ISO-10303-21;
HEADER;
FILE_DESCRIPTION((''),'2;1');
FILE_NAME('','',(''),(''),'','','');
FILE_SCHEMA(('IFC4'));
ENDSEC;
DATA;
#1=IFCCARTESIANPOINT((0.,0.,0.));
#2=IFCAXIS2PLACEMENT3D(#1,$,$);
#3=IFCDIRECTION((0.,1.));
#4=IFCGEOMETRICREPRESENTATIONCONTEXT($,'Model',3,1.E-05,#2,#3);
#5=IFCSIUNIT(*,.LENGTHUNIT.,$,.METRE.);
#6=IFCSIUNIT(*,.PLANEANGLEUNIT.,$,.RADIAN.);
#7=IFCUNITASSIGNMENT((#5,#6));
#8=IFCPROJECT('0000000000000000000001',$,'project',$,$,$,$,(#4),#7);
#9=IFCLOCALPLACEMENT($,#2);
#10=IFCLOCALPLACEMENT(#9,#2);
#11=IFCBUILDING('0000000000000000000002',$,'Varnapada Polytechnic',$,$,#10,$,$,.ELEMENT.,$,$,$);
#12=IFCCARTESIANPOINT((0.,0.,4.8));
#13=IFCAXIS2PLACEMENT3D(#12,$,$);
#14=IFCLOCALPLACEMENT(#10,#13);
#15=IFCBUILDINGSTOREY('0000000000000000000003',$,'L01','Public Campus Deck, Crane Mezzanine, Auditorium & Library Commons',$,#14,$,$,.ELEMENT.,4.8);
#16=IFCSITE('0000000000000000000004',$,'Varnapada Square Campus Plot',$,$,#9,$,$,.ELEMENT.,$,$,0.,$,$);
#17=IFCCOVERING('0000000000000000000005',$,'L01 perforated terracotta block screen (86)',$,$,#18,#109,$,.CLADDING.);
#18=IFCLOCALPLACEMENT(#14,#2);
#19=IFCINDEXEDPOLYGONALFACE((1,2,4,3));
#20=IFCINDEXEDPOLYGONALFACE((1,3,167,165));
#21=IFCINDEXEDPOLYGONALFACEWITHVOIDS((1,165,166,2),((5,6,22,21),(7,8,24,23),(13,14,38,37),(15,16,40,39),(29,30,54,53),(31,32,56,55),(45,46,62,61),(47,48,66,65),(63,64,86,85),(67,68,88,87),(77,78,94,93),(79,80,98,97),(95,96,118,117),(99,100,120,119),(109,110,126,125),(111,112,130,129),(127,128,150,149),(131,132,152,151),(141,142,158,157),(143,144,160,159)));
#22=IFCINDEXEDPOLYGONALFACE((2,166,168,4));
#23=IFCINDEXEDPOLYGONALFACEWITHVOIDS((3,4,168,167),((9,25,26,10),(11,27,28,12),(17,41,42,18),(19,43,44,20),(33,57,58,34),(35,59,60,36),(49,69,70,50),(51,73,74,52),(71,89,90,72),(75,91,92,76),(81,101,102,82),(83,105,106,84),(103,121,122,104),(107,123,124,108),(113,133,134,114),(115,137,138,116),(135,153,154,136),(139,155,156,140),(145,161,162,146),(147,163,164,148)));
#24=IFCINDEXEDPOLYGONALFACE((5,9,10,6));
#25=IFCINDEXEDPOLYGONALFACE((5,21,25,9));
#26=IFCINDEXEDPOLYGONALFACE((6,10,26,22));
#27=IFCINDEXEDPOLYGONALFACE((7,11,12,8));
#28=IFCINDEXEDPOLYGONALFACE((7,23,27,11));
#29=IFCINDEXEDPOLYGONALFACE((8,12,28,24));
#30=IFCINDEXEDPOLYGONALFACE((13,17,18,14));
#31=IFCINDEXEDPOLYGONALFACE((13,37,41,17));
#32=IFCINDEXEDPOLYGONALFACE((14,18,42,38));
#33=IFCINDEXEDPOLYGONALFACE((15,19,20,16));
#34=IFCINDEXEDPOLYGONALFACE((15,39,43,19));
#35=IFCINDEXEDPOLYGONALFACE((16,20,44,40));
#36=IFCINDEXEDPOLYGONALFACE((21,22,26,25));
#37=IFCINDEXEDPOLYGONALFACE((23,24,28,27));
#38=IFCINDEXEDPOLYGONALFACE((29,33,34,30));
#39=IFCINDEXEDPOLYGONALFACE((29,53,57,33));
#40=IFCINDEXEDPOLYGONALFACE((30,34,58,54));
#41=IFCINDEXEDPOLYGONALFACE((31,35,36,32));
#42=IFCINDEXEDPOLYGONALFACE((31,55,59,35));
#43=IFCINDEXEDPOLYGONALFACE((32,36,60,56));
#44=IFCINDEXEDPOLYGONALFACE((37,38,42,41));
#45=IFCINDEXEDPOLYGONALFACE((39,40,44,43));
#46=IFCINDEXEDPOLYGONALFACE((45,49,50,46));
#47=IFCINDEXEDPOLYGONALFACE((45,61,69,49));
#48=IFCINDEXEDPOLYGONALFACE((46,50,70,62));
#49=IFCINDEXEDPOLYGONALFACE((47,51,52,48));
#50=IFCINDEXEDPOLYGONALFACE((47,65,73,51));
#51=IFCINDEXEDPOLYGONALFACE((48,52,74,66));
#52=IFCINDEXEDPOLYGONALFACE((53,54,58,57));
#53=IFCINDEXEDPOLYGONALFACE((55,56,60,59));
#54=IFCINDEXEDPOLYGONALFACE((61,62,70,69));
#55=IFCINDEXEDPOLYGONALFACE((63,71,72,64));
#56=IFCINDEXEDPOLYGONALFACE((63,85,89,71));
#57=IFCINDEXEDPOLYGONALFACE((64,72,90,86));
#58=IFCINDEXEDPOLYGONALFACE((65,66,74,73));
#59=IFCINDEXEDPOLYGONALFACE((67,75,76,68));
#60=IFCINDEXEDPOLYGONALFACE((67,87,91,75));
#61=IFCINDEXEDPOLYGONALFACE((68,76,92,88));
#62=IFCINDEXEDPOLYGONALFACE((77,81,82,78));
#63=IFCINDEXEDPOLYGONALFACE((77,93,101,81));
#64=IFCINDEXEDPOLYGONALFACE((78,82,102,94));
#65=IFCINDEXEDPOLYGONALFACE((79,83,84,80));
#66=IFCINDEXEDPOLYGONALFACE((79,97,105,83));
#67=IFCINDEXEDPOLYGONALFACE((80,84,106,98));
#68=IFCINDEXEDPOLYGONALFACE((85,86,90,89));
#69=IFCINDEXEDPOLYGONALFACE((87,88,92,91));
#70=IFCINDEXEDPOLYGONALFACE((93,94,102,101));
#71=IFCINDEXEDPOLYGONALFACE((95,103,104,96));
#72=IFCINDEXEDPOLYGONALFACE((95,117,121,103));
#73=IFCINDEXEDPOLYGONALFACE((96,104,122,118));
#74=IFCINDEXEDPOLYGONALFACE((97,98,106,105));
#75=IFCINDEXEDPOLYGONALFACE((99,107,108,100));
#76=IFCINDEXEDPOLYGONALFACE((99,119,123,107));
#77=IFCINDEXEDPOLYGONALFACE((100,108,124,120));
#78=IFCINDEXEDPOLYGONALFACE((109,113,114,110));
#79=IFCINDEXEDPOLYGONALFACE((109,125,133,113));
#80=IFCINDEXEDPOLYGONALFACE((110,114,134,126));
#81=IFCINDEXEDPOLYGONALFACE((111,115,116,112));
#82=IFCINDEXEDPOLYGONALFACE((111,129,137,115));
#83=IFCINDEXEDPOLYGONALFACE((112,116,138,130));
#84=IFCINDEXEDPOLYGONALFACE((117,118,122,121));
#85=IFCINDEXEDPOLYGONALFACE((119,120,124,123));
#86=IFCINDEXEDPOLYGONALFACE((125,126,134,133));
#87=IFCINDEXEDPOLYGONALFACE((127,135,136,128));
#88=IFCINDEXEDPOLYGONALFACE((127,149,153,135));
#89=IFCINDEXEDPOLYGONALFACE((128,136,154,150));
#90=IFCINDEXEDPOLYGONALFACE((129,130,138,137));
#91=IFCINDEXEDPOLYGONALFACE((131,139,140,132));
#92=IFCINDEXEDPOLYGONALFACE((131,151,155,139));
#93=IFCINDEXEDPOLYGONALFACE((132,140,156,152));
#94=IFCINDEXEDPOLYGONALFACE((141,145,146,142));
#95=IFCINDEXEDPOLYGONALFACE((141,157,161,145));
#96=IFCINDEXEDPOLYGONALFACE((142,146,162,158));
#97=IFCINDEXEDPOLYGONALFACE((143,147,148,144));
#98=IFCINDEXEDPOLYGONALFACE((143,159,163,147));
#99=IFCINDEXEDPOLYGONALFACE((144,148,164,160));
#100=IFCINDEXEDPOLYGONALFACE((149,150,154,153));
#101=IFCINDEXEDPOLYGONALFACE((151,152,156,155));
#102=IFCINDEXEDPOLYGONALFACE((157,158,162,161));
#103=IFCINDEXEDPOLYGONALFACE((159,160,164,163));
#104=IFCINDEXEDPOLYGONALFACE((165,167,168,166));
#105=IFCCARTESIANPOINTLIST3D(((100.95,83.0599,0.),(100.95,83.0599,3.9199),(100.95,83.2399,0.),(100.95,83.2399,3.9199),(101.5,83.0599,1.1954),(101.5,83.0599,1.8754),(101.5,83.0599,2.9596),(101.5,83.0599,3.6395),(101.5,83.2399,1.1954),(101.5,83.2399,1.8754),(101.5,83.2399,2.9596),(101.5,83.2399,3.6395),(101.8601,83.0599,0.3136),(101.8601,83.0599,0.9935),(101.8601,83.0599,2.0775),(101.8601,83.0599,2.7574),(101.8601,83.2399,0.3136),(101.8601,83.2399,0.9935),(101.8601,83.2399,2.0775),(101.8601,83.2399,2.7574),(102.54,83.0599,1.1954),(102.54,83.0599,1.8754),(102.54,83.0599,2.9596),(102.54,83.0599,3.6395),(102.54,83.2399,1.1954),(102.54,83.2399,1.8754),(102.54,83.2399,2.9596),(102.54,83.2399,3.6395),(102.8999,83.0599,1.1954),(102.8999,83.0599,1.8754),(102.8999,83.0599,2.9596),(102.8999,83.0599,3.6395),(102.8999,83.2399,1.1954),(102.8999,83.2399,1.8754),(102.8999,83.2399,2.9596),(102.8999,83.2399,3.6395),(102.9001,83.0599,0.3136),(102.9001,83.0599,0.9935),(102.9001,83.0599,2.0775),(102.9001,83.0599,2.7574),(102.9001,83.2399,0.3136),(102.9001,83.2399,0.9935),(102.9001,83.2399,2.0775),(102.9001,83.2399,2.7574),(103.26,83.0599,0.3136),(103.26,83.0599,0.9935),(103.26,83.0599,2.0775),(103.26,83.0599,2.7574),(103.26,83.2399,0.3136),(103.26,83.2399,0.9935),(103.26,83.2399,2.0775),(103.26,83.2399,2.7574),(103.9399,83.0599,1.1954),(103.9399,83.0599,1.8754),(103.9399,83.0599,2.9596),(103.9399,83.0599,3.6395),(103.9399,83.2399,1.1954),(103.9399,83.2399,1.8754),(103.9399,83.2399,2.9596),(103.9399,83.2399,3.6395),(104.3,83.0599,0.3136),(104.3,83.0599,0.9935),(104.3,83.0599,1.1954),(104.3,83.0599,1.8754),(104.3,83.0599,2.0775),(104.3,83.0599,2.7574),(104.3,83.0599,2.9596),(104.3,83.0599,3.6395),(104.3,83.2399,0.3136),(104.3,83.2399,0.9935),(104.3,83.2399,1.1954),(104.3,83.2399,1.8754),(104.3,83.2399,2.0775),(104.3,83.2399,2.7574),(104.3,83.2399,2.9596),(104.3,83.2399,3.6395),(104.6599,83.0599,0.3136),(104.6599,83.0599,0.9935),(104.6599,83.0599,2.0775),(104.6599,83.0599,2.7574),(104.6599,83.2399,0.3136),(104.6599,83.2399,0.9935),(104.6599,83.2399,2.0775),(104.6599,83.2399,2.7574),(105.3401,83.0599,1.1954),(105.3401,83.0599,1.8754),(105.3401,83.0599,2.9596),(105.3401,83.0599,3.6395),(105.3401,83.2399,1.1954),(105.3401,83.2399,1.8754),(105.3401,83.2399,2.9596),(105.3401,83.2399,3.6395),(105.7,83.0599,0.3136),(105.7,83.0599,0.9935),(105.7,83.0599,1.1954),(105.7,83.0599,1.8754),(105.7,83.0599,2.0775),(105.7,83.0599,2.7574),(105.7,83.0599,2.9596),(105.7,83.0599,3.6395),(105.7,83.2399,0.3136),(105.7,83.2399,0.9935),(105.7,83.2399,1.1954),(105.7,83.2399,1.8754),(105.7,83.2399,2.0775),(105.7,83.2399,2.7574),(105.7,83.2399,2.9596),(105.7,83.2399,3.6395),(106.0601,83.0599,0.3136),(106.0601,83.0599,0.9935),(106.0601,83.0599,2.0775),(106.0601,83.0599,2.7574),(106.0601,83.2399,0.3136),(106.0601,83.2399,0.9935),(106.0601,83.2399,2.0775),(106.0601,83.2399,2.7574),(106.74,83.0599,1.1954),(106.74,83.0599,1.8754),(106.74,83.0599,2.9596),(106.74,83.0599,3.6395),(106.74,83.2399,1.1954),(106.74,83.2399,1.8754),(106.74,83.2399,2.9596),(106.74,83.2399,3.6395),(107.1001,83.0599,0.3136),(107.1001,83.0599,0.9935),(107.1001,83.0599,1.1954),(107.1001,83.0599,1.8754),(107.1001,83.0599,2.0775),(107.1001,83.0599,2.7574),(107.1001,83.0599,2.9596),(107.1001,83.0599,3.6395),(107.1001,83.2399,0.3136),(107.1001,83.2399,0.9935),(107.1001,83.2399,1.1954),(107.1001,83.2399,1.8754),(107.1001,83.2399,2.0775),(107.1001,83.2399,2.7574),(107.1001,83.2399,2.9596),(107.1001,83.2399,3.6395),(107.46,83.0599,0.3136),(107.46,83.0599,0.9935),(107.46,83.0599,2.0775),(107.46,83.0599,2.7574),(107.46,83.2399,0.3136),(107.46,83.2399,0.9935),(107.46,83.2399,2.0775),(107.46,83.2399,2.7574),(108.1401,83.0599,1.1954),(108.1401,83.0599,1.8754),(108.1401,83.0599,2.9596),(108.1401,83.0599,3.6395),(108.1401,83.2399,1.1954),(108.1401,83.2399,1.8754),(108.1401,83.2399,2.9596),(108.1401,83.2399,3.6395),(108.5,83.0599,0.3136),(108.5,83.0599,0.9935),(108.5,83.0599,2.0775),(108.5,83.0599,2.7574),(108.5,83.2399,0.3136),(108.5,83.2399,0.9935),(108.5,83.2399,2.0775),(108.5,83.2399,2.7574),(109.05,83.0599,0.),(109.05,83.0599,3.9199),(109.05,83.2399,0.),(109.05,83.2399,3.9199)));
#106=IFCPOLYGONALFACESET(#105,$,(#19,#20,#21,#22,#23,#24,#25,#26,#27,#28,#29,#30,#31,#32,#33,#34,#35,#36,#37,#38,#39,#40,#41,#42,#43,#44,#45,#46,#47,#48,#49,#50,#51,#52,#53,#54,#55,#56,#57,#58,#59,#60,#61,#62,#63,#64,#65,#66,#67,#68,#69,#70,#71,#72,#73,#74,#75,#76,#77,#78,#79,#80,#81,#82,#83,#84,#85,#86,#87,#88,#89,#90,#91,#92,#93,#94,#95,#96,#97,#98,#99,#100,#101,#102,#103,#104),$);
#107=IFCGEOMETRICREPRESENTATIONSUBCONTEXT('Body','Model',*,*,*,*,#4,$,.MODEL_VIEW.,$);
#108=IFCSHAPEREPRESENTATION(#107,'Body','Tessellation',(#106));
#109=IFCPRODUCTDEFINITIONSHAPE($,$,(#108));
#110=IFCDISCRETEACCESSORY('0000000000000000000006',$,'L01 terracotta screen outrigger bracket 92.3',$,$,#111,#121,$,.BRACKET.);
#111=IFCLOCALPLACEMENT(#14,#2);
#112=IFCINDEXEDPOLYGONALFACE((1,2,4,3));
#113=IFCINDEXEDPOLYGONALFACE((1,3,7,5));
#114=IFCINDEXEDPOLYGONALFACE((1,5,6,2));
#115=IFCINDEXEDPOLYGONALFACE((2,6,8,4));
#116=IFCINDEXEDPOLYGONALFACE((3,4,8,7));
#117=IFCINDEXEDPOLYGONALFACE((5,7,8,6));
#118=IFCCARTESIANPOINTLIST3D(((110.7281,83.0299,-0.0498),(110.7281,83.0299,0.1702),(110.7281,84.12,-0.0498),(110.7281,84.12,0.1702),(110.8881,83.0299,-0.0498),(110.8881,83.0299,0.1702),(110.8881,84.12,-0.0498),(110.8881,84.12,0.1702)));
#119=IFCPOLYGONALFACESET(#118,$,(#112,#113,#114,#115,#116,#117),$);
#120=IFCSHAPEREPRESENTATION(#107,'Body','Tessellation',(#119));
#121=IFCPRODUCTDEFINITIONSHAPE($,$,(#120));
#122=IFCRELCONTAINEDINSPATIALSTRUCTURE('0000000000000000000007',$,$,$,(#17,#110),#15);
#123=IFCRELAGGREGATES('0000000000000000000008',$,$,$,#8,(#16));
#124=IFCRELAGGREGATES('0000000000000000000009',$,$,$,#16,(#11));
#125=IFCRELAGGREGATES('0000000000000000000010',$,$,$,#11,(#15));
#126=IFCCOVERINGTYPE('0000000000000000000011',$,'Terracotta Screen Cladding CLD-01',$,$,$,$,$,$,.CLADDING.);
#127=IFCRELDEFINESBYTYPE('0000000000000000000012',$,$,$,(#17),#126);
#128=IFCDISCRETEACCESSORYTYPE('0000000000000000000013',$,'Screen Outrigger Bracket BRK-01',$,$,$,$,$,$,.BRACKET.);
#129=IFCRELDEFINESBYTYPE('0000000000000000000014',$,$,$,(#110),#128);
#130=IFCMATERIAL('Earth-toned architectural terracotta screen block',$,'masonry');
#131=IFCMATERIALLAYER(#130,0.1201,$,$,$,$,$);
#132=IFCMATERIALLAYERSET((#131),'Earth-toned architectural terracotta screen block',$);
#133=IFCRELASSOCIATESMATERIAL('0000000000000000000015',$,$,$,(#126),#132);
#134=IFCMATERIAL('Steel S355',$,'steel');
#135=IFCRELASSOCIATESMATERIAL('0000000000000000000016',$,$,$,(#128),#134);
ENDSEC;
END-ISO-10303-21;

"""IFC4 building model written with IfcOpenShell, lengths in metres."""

from ifc_helpers import new_model, si_unit, direction, frame, frame_2d, origin, origin_2d, place, context, subcontext, project, spatial, rectangle, extrude, material, layer, layer_set, type_object, element, save


model = new_model("IFC4")

# Units and contexts
model_context = context("Model", 3, precision=1e-05, world=origin(), true_north=direction((0.0, 1.0)))
body_context = subcontext(model_context, "Body", "Model", "MODEL_VIEW")
ifc_project = project(units=[si_unit("LENGTHUNIT", "METRE"), si_unit("PLANEANGLEUNIT", "RADIAN")], contexts=[model_context])

# Site, building, storey
site_placement = place(None, origin())
site = spatial("IfcSite", under=ifc_project, at=site_placement, Name="Varnapada Square Campus Plot", CompositionType="ELEMENT", RefElevation=0.0)
building_placement = place(site_placement, origin())
building = spatial("IfcBuilding", under=site, at=building_placement, Name="Varnapada Polytechnic", CompositionType="ELEMENT")
storey_placement = place(building_placement, frame((0.0, 0.0, 4.8)))
storey = spatial("IfcBuildingStorey", under=building, at=storey_placement, Name="L01", Description="Public Campus Deck, Crane Mezzanine, Auditorium & Library Commons", CompositionType="ELEMENT", Elevation=4.8)

# Shared definitions
ifc_material_1 = material(Name="Steel S355", Category="steel")

# Covering, openings
ifc_material_2 = material(Name="Earth-toned architectural terracotta screen block", Category="masonry")
ifc_layer_1 = layer(ifc_material_2, 0.1201)
ifc_layer_set_1 = layer_set([ifc_layer_1], Name="Earth-toned architectural terracotta screen block")
covering_type = type_object("IfcCoveringType", Name="Terracotta Screen Cladding CLD-01", PredefinedType="CLADDING", material=ifc_layer_set_1)
covering_placement = place(storey_placement, frame((109.05, 83.1499, 0.0), z_axis=(0.0, 0.0, 1.0), x_axis=(-1.0, 0.0, 0.0)))
covering = element("IfcCovering", 1, at=covering_placement, inside=storey, type_object=covering_type, Name="L01 perforated terracotta block screen (86)", PredefinedType="CLADDING", context=body_context, shape_type="SweptSolid", body=[
    extrude(rectangle(XDim=8.1001, YDim=0.1799, at=frame_2d((4.05, 0.0))), origin(), (0.0, 0.0, 1.0), 3.9199),
])
opening_1_placement = place(covering_placement, frame((0.55, 0.0, 0.3137)))
element("IfcOpeningElement", 2, at=opening_1_placement, cuts=covering, PredefinedType="OPENING", context=body_context, shape_type="SweptSolid", body=[
    extrude(rectangle(XDim=1.04, YDim=0.6799, at=frame_2d((0.52, 0.3398))), frame((0.0, 0.0999, 0.0), z_axis=(0.0, -1.0, 0.0), x_axis=(1.0, 0.0, 0.0)), (0.0, 0.0, 1.0), 0.2),
])
opening_2_placement = place(covering_placement, frame((1.95, 0.0, 0.3137)))
element("IfcOpeningElement", 3, at=opening_2_placement, cuts=covering, PredefinedType="OPENING", context=body_context, shape_type="SweptSolid", body=[
    extrude(rectangle(XDim=1.04, YDim=0.6799, at=frame_2d((0.52, 0.3398))), frame((0.0, 0.0999, 0.0), z_axis=(0.0, -1.0, 0.0), x_axis=(1.0, 0.0, 0.0)), (0.0, 0.0, 1.0), 0.2),
])
opening_3_placement = place(covering_placement, frame((3.3501, 0.0, 0.3137)))
element("IfcOpeningElement", 4, at=opening_3_placement, cuts=covering, PredefinedType="OPENING", context=body_context, shape_type="SweptSolid", body=[
    extrude(rectangle(XDim=1.04, YDim=0.6799, at=frame_2d((0.52, 0.3398))), frame((0.0, 0.0999, 0.0), z_axis=(0.0, -1.0, 0.0), x_axis=(1.0, 0.0, 0.0)), (0.0, 0.0, 1.0), 0.2),
])
opening_4_placement = place(covering_placement, frame((4.75, 0.0, 0.3137)))
element("IfcOpeningElement", 5, at=opening_4_placement, cuts=covering, PredefinedType="OPENING", context=body_context, shape_type="SweptSolid", body=[
    extrude(rectangle(XDim=1.04, YDim=0.6799, at=frame_2d((0.52, 0.3398))), frame((0.0, 0.0999, 0.0), z_axis=(0.0, -1.0, 0.0), x_axis=(1.0, 0.0, 0.0)), (0.0, 0.0, 1.0), 0.2),
])
opening_5_placement = place(covering_placement, frame((6.1499, 0.0, 0.3137)))
element("IfcOpeningElement", 6, at=opening_5_placement, cuts=covering, PredefinedType="OPENING", context=body_context, shape_type="SweptSolid", body=[
    extrude(rectangle(XDim=1.04, YDim=0.6799, at=frame_2d((0.52, 0.3398))), frame((0.0, 0.0999, 0.0), z_axis=(0.0, -1.0, 0.0), x_axis=(1.0, 0.0, 0.0)), (0.0, 0.0, 1.0), 0.2),
])
opening_6_placement = place(covering_placement, frame((0.9099, 0.0, 1.1956)))
element("IfcOpeningElement", 7, at=opening_6_placement, cuts=covering, PredefinedType="OPENING", context=body_context, shape_type="SweptSolid", body=[
    extrude(rectangle(XDim=1.04, YDim=0.6799, at=frame_2d((0.52, 0.3398))), frame((0.0, 0.0999, 0.0), z_axis=(0.0, -1.0, 0.0), x_axis=(1.0, 0.0, 0.0)), (0.0, 0.0, 1.0), 0.2),
])
opening_7_placement = place(covering_placement, frame((2.3101, 0.0, 1.1956)))
element("IfcOpeningElement", 8, at=opening_7_placement, cuts=covering, PredefinedType="OPENING", context=body_context, shape_type="SweptSolid", body=[
    extrude(rectangle(XDim=1.04, YDim=0.6799, at=frame_2d((0.52, 0.3398))), frame((0.0, 0.0999, 0.0), z_axis=(0.0, -1.0, 0.0), x_axis=(1.0, 0.0, 0.0)), (0.0, 0.0, 1.0), 0.2),
])
opening_8_placement = place(covering_placement, frame((3.71, 0.0, 1.1956)))
element("IfcOpeningElement", 9, at=opening_8_placement, cuts=covering, PredefinedType="OPENING", context=body_context, shape_type="SweptSolid", body=[
    extrude(rectangle(XDim=1.04, YDim=0.6799, at=frame_2d((0.52, 0.3398))), frame((0.0, 0.0999, 0.0), z_axis=(0.0, -1.0, 0.0), x_axis=(1.0, 0.0, 0.0)), (0.0, 0.0, 1.0), 0.2),
])
opening_9_placement = place(covering_placement, frame((5.1101, 0.0, 1.1956)))
element("IfcOpeningElement", 10, at=opening_9_placement, cuts=covering, PredefinedType="OPENING", context=body_context, shape_type="SweptSolid", body=[
    extrude(rectangle(XDim=1.04, YDim=0.6799, at=frame_2d((0.52, 0.3398))), frame((0.0, 0.0999, 0.0), z_axis=(0.0, -1.0, 0.0), x_axis=(1.0, 0.0, 0.0)), (0.0, 0.0, 1.0), 0.2),
])
opening_10_placement = place(covering_placement, frame((6.51, 0.0, 1.1956)))
element("IfcOpeningElement", 11, at=opening_10_placement, cuts=covering, PredefinedType="OPENING", context=body_context, shape_type="SweptSolid", body=[
    extrude(rectangle(XDim=1.04, YDim=0.6799, at=frame_2d((0.52, 0.3398))), frame((0.0, 0.0999, 0.0), z_axis=(0.0, -1.0, 0.0), x_axis=(1.0, 0.0, 0.0)), (0.0, 0.0, 1.0), 0.2),
])
opening_11_placement = place(covering_placement, frame((0.55, 0.0, 2.0776)))
element("IfcOpeningElement", 12, at=opening_11_placement, cuts=covering, PredefinedType="OPENING", context=body_context, shape_type="SweptSolid", body=[
    extrude(rectangle(XDim=1.04, YDim=0.6799, at=frame_2d((0.52, 0.3398))), frame((0.0, 0.0999, 0.0), z_axis=(0.0, -1.0, 0.0), x_axis=(1.0, 0.0, 0.0)), (0.0, 0.0, 1.0), 0.2),
])
opening_12_placement = place(covering_placement, frame((1.95, 0.0, 2.0776)))
element("IfcOpeningElement", 13, at=opening_12_placement, cuts=covering, PredefinedType="OPENING", context=body_context, shape_type="SweptSolid", body=[
    extrude(rectangle(XDim=1.04, YDim=0.6799, at=frame_2d((0.52, 0.3398))), frame((0.0, 0.0999, 0.0), z_axis=(0.0, -1.0, 0.0), x_axis=(1.0, 0.0, 0.0)), (0.0, 0.0, 1.0), 0.2),
])
opening_13_placement = place(covering_placement, frame((3.3501, 0.0, 2.0776)))
element("IfcOpeningElement", 14, at=opening_13_placement, cuts=covering, PredefinedType="OPENING", context=body_context, shape_type="SweptSolid", body=[
    extrude(rectangle(XDim=1.04, YDim=0.6799, at=frame_2d((0.52, 0.3398))), frame((0.0, 0.0999, 0.0), z_axis=(0.0, -1.0, 0.0), x_axis=(1.0, 0.0, 0.0)), (0.0, 0.0, 1.0), 0.2),
])
opening_14_placement = place(covering_placement, frame((4.75, 0.0, 2.0776)))
element("IfcOpeningElement", 15, at=opening_14_placement, cuts=covering, PredefinedType="OPENING", context=body_context, shape_type="SweptSolid", body=[
    extrude(rectangle(XDim=1.04, YDim=0.6799, at=frame_2d((0.52, 0.3398))), frame((0.0, 0.0999, 0.0), z_axis=(0.0, -1.0, 0.0), x_axis=(1.0, 0.0, 0.0)), (0.0, 0.0, 1.0), 0.2),
])
opening_15_placement = place(covering_placement, frame((6.1499, 0.0, 2.0776)))
element("IfcOpeningElement", 16, at=opening_15_placement, cuts=covering, PredefinedType="OPENING", context=body_context, shape_type="SweptSolid", body=[
    extrude(rectangle(XDim=1.04, YDim=0.6799, at=frame_2d((0.52, 0.3398))), frame((0.0, 0.0999, 0.0), z_axis=(0.0, -1.0, 0.0), x_axis=(1.0, 0.0, 0.0)), (0.0, 0.0, 1.0), 0.2),
])
opening_16_placement = place(covering_placement, frame((0.9099, 0.0, 2.9597)))
element("IfcOpeningElement", 17, at=opening_16_placement, cuts=covering, PredefinedType="OPENING", context=body_context, shape_type="SweptSolid", body=[
    extrude(rectangle(XDim=1.04, YDim=0.6799, at=frame_2d((0.52, 0.3398))), frame((0.0, 0.0999, 0.0), z_axis=(0.0, -1.0, 0.0), x_axis=(1.0, 0.0, 0.0)), (0.0, 0.0, 1.0), 0.2),
])
opening_17_placement = place(covering_placement, frame((2.3101, 0.0, 2.9597)))
element("IfcOpeningElement", 18, at=opening_17_placement, cuts=covering, PredefinedType="OPENING", context=body_context, shape_type="SweptSolid", body=[
    extrude(rectangle(XDim=1.04, YDim=0.6799, at=frame_2d((0.52, 0.3398))), frame((0.0, 0.0999, 0.0), z_axis=(0.0, -1.0, 0.0), x_axis=(1.0, 0.0, 0.0)), (0.0, 0.0, 1.0), 0.2),
])
opening_18_placement = place(covering_placement, frame((3.71, 0.0, 2.9597)))
element("IfcOpeningElement", 19, at=opening_18_placement, cuts=covering, PredefinedType="OPENING", context=body_context, shape_type="SweptSolid", body=[
    extrude(rectangle(XDim=1.04, YDim=0.6799, at=frame_2d((0.52, 0.3398))), frame((0.0, 0.0999, 0.0), z_axis=(0.0, -1.0, 0.0), x_axis=(1.0, 0.0, 0.0)), (0.0, 0.0, 1.0), 0.2),
])
opening_19_placement = place(covering_placement, frame((5.1101, 0.0, 2.9597)))
element("IfcOpeningElement", 20, at=opening_19_placement, cuts=covering, PredefinedType="OPENING", context=body_context, shape_type="SweptSolid", body=[
    extrude(rectangle(XDim=1.04, YDim=0.6799, at=frame_2d((0.52, 0.3398))), frame((0.0, 0.0999, 0.0), z_axis=(0.0, -1.0, 0.0), x_axis=(1.0, 0.0, 0.0)), (0.0, 0.0, 1.0), 0.2),
])
opening_20_placement = place(covering_placement, frame((6.51, 0.0, 2.9597)))
element("IfcOpeningElement", 21, at=opening_20_placement, cuts=covering, PredefinedType="OPENING", context=body_context, shape_type="SweptSolid", body=[
    extrude(rectangle(XDim=1.04, YDim=0.6799, at=frame_2d((0.52, 0.3398))), frame((0.0, 0.0999, 0.0), z_axis=(0.0, -1.0, 0.0), x_axis=(1.0, 0.0, 0.0)), (0.0, 0.0, 1.0), 0.2),
])

# Discrete accessory
discrete_accessory_type = type_object("IfcDiscreteAccessoryType", Name="Screen Outrigger Bracket BRK-01", PredefinedType="BRACKET", material=ifc_material_1)
discrete_accessory_placement = place(storey_placement, frame((110.8081, 83.575, -0.0498), z_axis=(0.0, 0.0, 1.0), x_axis=(-1.0, 0.0, 0.0)))
element("IfcDiscreteAccessory", 22, at=discrete_accessory_placement, inside=storey, type_object=discrete_accessory_type, Name="L01 terracotta screen outrigger bracket 92.3", PredefinedType="BRACKET", context=body_context, shape_type="SweptSolid", body=[
    extrude(rectangle(XDim=0.1599, YDim=1.0901, at=origin_2d()), origin(), (0.0, 0.0, 1.0), 0.22),
])

save(model, "model.ifc")
